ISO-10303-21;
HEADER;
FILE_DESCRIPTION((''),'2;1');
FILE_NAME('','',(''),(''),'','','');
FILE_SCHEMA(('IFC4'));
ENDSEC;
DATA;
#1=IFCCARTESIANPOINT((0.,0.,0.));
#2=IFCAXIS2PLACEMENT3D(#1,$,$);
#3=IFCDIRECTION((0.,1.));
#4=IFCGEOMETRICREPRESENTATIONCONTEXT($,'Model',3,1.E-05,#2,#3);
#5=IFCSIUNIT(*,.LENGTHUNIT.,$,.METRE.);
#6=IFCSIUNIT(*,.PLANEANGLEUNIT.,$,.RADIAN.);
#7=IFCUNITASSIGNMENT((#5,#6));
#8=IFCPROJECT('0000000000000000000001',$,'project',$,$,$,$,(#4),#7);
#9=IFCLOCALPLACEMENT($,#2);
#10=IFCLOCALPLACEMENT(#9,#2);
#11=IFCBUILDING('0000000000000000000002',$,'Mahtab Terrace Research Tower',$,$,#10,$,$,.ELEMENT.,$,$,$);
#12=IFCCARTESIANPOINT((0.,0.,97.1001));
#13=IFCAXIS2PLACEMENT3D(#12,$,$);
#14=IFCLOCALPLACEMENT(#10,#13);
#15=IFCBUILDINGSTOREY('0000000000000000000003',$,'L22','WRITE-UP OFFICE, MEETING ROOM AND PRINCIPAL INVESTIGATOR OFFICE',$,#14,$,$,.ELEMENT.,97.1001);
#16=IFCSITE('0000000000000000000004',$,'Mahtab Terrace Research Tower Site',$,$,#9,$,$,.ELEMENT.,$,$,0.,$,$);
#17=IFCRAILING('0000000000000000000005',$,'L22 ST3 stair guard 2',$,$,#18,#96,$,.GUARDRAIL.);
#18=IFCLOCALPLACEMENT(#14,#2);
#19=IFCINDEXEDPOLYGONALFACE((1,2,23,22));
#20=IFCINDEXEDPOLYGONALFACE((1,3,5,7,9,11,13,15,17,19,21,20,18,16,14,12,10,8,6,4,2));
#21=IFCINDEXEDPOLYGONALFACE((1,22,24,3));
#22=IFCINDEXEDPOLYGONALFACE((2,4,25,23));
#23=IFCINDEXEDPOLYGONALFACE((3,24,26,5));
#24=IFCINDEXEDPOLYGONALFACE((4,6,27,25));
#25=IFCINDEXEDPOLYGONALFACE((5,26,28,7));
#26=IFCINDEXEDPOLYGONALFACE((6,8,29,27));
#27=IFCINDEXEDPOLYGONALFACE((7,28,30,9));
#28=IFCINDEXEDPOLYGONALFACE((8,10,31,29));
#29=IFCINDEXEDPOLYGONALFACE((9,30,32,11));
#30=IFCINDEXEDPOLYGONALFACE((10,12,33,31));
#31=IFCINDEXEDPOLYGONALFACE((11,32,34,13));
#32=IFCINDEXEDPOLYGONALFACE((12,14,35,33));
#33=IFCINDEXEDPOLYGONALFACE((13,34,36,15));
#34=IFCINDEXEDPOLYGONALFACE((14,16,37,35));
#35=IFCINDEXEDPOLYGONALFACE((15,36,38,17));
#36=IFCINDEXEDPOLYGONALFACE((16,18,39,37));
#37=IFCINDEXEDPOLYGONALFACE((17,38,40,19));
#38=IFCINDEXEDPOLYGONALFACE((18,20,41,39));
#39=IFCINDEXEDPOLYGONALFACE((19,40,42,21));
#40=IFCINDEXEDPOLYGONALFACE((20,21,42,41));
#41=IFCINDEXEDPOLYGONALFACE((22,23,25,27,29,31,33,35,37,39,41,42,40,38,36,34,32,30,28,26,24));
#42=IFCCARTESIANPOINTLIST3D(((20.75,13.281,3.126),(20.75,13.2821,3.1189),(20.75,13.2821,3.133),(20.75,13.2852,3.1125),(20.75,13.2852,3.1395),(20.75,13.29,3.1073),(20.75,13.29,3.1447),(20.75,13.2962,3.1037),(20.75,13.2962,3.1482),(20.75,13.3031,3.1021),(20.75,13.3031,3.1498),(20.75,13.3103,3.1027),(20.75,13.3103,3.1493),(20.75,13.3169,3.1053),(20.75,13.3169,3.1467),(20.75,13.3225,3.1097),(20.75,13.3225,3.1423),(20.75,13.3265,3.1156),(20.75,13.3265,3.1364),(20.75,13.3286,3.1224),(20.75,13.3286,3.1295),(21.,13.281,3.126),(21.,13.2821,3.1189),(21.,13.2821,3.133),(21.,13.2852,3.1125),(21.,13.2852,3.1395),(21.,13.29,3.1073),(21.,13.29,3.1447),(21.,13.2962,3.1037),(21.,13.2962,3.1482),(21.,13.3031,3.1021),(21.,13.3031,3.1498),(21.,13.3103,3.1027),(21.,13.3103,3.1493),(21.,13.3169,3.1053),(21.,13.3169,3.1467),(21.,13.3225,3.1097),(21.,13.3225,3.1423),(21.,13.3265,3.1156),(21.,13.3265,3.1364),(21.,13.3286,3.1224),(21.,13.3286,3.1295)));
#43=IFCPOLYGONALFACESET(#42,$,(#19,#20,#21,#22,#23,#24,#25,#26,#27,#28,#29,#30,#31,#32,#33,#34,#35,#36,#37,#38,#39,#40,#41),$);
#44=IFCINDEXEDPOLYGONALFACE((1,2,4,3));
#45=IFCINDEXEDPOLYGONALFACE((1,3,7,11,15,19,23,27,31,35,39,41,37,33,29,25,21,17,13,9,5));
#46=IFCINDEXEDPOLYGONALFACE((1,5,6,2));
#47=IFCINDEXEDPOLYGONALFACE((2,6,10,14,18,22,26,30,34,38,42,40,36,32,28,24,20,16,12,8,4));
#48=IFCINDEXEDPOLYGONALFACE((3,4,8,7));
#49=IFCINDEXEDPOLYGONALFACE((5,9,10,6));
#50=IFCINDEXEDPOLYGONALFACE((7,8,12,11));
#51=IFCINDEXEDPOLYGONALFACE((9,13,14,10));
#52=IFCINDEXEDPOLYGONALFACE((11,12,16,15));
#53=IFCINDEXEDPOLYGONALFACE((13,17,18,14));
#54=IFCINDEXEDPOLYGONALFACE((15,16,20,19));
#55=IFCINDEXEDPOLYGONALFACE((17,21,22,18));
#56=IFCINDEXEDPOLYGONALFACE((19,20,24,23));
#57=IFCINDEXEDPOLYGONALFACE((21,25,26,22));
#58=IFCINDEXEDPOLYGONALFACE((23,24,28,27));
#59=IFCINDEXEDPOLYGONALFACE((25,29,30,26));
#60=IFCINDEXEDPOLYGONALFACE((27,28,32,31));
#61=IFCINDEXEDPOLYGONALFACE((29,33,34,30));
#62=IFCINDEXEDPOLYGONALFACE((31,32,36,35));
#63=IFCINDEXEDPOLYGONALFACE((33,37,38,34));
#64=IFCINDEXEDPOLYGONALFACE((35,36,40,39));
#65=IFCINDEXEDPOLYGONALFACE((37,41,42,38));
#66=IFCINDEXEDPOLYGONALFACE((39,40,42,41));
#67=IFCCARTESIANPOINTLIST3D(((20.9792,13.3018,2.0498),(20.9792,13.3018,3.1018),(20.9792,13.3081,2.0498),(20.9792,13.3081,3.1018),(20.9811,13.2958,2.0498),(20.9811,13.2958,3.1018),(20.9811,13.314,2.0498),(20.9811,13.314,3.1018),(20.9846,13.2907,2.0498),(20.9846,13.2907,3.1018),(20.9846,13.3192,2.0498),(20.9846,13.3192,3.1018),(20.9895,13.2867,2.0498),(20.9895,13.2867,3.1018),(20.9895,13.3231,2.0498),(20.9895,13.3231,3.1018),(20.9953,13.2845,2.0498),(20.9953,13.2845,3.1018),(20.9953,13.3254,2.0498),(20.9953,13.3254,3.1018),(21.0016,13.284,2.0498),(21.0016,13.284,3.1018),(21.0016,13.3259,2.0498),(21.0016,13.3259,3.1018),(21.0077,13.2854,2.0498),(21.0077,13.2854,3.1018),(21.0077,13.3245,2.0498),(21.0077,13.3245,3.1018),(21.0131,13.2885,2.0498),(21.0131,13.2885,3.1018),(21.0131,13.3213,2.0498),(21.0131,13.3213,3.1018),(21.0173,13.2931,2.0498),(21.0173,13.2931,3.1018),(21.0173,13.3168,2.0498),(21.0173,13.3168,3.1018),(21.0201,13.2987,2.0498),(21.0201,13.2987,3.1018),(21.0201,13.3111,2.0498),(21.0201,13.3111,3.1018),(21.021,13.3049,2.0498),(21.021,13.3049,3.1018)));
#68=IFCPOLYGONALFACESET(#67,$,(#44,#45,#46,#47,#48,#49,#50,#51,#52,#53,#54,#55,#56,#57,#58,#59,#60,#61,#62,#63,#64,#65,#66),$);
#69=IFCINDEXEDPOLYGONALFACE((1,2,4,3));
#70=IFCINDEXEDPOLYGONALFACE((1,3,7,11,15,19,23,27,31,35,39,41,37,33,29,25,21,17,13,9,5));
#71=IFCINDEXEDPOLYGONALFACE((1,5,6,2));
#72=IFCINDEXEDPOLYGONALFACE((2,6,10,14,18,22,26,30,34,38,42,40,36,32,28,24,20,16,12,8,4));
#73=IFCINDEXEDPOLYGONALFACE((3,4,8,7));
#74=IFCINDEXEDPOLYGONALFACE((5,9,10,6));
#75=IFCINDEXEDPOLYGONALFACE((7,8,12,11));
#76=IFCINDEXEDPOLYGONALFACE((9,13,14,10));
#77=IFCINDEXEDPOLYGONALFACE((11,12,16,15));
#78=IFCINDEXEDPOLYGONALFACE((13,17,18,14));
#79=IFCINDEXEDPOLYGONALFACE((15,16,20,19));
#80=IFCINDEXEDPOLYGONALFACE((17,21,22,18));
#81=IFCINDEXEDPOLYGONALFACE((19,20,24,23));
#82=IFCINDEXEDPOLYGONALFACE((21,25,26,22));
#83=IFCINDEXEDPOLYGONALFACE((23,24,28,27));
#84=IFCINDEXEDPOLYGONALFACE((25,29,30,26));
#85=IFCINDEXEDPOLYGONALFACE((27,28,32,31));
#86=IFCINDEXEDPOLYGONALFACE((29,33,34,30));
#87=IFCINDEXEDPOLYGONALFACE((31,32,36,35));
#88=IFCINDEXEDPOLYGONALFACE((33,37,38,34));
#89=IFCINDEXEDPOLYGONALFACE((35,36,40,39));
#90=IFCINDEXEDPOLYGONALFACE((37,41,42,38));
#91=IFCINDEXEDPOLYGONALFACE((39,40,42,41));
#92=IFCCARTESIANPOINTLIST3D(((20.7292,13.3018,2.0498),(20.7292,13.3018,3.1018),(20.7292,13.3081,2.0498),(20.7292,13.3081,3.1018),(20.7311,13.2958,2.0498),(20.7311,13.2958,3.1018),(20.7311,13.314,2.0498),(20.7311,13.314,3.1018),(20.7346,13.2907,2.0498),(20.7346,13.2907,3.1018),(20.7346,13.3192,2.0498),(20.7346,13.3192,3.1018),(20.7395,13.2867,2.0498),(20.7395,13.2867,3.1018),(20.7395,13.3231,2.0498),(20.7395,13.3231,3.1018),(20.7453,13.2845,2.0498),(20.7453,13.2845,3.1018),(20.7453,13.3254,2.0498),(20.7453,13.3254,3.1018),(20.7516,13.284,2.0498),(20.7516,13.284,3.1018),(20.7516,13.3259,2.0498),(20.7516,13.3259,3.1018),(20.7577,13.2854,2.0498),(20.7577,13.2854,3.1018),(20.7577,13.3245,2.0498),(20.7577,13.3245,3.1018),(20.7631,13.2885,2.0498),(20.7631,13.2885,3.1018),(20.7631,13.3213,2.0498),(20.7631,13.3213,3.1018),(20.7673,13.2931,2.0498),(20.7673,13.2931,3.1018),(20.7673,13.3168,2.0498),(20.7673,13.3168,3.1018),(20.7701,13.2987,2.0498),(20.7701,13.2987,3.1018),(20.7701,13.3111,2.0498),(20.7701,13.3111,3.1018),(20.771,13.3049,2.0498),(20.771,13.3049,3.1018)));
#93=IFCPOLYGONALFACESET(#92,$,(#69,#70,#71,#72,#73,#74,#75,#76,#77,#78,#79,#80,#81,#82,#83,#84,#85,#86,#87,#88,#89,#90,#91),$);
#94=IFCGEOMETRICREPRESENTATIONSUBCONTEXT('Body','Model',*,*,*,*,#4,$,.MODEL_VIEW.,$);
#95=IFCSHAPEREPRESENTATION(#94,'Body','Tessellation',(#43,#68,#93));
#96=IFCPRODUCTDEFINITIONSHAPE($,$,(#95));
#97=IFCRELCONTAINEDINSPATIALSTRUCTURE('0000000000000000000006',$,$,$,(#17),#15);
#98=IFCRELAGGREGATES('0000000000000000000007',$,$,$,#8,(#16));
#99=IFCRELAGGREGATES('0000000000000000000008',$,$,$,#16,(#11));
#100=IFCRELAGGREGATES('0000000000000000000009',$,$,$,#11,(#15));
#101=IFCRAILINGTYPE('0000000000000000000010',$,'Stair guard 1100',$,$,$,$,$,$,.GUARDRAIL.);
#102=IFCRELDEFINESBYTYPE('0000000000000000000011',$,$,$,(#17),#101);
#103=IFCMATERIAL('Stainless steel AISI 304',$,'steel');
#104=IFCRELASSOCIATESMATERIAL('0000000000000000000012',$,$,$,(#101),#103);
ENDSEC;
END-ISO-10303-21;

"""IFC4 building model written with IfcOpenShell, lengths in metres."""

from ifc_helpers import new_model, si_unit, direction, frame, origin, origin_2d, place, context, subcontext, project, spatial, circle, extrude, material, type_object, element, save


model = new_model("IFC4")

# Units and contexts
model_context = context("Model", 3, precision=1e-05, world=origin(), true_north=direction((0.0, 1.0)))
body_context = subcontext(model_context, "Body", "Model", "MODEL_VIEW")
ifc_project = project(units=[si_unit("LENGTHUNIT", "METRE"), si_unit("PLANEANGLEUNIT", "RADIAN")], contexts=[model_context])

# Site, building, storey
site_placement = place(None, origin())
site = spatial("IfcSite", under=ifc_project, at=site_placement, Name="Mahtab Terrace Research Tower Site", CompositionType="ELEMENT", RefElevation=0.0)
building_placement = place(site_placement, origin())
building = spatial("IfcBuilding", under=site, at=building_placement, Name="Mahtab Terrace Research Tower", CompositionType="ELEMENT")
storey_placement = place(building_placement, frame((0.0, 0.0, 97.1001)))
storey = spatial("IfcBuildingStorey", under=building, at=storey_placement, Name="L22", Description="WRITE-UP OFFICE, MEETING ROOM AND PRINCIPAL INVESTIGATOR OFFICE", CompositionType="ELEMENT", Elevation=97.1001)

# Shared definitions
ifc_material_1 = material(Name="Stainless steel AISI 304", Category="steel")

# Railing
railing_type_1 = type_object("IfcRailingType", Name="Stair guard 1100", PredefinedType="GUARDRAIL", material=ifc_material_1)
railing_1_placement = place(storey_placement, frame((21.0, 13.3049, 2.0498)))
element("IfcRailing", 1, at=railing_1_placement, inside=storey, type_object=railing_type_1, Name="L22 ST3 stair guard 2", PredefinedType="GUARDRAIL", context=body_context, shape_type="SweptSolid", body=[
    extrude(circle(Radius=0.0239, at=origin_2d()), frame((0.0, 0.0, 1.0762), z_axis=(-1.0, 0.0, 0.0), x_axis=(0.0, -1.0, 0.0)), (0.0, 0.0, 1.0), 0.25),
    extrude(circle(Radius=0.021, at=origin_2d()), origin(), (0.0, 0.0, 1.0), 1.052),
    extrude(circle(Radius=0.021, at=origin_2d()), frame((-0.25, 0.0, 0.0)), (0.0, 0.0, 1.0), 1.052),
])

save(model, "model.ifc")
